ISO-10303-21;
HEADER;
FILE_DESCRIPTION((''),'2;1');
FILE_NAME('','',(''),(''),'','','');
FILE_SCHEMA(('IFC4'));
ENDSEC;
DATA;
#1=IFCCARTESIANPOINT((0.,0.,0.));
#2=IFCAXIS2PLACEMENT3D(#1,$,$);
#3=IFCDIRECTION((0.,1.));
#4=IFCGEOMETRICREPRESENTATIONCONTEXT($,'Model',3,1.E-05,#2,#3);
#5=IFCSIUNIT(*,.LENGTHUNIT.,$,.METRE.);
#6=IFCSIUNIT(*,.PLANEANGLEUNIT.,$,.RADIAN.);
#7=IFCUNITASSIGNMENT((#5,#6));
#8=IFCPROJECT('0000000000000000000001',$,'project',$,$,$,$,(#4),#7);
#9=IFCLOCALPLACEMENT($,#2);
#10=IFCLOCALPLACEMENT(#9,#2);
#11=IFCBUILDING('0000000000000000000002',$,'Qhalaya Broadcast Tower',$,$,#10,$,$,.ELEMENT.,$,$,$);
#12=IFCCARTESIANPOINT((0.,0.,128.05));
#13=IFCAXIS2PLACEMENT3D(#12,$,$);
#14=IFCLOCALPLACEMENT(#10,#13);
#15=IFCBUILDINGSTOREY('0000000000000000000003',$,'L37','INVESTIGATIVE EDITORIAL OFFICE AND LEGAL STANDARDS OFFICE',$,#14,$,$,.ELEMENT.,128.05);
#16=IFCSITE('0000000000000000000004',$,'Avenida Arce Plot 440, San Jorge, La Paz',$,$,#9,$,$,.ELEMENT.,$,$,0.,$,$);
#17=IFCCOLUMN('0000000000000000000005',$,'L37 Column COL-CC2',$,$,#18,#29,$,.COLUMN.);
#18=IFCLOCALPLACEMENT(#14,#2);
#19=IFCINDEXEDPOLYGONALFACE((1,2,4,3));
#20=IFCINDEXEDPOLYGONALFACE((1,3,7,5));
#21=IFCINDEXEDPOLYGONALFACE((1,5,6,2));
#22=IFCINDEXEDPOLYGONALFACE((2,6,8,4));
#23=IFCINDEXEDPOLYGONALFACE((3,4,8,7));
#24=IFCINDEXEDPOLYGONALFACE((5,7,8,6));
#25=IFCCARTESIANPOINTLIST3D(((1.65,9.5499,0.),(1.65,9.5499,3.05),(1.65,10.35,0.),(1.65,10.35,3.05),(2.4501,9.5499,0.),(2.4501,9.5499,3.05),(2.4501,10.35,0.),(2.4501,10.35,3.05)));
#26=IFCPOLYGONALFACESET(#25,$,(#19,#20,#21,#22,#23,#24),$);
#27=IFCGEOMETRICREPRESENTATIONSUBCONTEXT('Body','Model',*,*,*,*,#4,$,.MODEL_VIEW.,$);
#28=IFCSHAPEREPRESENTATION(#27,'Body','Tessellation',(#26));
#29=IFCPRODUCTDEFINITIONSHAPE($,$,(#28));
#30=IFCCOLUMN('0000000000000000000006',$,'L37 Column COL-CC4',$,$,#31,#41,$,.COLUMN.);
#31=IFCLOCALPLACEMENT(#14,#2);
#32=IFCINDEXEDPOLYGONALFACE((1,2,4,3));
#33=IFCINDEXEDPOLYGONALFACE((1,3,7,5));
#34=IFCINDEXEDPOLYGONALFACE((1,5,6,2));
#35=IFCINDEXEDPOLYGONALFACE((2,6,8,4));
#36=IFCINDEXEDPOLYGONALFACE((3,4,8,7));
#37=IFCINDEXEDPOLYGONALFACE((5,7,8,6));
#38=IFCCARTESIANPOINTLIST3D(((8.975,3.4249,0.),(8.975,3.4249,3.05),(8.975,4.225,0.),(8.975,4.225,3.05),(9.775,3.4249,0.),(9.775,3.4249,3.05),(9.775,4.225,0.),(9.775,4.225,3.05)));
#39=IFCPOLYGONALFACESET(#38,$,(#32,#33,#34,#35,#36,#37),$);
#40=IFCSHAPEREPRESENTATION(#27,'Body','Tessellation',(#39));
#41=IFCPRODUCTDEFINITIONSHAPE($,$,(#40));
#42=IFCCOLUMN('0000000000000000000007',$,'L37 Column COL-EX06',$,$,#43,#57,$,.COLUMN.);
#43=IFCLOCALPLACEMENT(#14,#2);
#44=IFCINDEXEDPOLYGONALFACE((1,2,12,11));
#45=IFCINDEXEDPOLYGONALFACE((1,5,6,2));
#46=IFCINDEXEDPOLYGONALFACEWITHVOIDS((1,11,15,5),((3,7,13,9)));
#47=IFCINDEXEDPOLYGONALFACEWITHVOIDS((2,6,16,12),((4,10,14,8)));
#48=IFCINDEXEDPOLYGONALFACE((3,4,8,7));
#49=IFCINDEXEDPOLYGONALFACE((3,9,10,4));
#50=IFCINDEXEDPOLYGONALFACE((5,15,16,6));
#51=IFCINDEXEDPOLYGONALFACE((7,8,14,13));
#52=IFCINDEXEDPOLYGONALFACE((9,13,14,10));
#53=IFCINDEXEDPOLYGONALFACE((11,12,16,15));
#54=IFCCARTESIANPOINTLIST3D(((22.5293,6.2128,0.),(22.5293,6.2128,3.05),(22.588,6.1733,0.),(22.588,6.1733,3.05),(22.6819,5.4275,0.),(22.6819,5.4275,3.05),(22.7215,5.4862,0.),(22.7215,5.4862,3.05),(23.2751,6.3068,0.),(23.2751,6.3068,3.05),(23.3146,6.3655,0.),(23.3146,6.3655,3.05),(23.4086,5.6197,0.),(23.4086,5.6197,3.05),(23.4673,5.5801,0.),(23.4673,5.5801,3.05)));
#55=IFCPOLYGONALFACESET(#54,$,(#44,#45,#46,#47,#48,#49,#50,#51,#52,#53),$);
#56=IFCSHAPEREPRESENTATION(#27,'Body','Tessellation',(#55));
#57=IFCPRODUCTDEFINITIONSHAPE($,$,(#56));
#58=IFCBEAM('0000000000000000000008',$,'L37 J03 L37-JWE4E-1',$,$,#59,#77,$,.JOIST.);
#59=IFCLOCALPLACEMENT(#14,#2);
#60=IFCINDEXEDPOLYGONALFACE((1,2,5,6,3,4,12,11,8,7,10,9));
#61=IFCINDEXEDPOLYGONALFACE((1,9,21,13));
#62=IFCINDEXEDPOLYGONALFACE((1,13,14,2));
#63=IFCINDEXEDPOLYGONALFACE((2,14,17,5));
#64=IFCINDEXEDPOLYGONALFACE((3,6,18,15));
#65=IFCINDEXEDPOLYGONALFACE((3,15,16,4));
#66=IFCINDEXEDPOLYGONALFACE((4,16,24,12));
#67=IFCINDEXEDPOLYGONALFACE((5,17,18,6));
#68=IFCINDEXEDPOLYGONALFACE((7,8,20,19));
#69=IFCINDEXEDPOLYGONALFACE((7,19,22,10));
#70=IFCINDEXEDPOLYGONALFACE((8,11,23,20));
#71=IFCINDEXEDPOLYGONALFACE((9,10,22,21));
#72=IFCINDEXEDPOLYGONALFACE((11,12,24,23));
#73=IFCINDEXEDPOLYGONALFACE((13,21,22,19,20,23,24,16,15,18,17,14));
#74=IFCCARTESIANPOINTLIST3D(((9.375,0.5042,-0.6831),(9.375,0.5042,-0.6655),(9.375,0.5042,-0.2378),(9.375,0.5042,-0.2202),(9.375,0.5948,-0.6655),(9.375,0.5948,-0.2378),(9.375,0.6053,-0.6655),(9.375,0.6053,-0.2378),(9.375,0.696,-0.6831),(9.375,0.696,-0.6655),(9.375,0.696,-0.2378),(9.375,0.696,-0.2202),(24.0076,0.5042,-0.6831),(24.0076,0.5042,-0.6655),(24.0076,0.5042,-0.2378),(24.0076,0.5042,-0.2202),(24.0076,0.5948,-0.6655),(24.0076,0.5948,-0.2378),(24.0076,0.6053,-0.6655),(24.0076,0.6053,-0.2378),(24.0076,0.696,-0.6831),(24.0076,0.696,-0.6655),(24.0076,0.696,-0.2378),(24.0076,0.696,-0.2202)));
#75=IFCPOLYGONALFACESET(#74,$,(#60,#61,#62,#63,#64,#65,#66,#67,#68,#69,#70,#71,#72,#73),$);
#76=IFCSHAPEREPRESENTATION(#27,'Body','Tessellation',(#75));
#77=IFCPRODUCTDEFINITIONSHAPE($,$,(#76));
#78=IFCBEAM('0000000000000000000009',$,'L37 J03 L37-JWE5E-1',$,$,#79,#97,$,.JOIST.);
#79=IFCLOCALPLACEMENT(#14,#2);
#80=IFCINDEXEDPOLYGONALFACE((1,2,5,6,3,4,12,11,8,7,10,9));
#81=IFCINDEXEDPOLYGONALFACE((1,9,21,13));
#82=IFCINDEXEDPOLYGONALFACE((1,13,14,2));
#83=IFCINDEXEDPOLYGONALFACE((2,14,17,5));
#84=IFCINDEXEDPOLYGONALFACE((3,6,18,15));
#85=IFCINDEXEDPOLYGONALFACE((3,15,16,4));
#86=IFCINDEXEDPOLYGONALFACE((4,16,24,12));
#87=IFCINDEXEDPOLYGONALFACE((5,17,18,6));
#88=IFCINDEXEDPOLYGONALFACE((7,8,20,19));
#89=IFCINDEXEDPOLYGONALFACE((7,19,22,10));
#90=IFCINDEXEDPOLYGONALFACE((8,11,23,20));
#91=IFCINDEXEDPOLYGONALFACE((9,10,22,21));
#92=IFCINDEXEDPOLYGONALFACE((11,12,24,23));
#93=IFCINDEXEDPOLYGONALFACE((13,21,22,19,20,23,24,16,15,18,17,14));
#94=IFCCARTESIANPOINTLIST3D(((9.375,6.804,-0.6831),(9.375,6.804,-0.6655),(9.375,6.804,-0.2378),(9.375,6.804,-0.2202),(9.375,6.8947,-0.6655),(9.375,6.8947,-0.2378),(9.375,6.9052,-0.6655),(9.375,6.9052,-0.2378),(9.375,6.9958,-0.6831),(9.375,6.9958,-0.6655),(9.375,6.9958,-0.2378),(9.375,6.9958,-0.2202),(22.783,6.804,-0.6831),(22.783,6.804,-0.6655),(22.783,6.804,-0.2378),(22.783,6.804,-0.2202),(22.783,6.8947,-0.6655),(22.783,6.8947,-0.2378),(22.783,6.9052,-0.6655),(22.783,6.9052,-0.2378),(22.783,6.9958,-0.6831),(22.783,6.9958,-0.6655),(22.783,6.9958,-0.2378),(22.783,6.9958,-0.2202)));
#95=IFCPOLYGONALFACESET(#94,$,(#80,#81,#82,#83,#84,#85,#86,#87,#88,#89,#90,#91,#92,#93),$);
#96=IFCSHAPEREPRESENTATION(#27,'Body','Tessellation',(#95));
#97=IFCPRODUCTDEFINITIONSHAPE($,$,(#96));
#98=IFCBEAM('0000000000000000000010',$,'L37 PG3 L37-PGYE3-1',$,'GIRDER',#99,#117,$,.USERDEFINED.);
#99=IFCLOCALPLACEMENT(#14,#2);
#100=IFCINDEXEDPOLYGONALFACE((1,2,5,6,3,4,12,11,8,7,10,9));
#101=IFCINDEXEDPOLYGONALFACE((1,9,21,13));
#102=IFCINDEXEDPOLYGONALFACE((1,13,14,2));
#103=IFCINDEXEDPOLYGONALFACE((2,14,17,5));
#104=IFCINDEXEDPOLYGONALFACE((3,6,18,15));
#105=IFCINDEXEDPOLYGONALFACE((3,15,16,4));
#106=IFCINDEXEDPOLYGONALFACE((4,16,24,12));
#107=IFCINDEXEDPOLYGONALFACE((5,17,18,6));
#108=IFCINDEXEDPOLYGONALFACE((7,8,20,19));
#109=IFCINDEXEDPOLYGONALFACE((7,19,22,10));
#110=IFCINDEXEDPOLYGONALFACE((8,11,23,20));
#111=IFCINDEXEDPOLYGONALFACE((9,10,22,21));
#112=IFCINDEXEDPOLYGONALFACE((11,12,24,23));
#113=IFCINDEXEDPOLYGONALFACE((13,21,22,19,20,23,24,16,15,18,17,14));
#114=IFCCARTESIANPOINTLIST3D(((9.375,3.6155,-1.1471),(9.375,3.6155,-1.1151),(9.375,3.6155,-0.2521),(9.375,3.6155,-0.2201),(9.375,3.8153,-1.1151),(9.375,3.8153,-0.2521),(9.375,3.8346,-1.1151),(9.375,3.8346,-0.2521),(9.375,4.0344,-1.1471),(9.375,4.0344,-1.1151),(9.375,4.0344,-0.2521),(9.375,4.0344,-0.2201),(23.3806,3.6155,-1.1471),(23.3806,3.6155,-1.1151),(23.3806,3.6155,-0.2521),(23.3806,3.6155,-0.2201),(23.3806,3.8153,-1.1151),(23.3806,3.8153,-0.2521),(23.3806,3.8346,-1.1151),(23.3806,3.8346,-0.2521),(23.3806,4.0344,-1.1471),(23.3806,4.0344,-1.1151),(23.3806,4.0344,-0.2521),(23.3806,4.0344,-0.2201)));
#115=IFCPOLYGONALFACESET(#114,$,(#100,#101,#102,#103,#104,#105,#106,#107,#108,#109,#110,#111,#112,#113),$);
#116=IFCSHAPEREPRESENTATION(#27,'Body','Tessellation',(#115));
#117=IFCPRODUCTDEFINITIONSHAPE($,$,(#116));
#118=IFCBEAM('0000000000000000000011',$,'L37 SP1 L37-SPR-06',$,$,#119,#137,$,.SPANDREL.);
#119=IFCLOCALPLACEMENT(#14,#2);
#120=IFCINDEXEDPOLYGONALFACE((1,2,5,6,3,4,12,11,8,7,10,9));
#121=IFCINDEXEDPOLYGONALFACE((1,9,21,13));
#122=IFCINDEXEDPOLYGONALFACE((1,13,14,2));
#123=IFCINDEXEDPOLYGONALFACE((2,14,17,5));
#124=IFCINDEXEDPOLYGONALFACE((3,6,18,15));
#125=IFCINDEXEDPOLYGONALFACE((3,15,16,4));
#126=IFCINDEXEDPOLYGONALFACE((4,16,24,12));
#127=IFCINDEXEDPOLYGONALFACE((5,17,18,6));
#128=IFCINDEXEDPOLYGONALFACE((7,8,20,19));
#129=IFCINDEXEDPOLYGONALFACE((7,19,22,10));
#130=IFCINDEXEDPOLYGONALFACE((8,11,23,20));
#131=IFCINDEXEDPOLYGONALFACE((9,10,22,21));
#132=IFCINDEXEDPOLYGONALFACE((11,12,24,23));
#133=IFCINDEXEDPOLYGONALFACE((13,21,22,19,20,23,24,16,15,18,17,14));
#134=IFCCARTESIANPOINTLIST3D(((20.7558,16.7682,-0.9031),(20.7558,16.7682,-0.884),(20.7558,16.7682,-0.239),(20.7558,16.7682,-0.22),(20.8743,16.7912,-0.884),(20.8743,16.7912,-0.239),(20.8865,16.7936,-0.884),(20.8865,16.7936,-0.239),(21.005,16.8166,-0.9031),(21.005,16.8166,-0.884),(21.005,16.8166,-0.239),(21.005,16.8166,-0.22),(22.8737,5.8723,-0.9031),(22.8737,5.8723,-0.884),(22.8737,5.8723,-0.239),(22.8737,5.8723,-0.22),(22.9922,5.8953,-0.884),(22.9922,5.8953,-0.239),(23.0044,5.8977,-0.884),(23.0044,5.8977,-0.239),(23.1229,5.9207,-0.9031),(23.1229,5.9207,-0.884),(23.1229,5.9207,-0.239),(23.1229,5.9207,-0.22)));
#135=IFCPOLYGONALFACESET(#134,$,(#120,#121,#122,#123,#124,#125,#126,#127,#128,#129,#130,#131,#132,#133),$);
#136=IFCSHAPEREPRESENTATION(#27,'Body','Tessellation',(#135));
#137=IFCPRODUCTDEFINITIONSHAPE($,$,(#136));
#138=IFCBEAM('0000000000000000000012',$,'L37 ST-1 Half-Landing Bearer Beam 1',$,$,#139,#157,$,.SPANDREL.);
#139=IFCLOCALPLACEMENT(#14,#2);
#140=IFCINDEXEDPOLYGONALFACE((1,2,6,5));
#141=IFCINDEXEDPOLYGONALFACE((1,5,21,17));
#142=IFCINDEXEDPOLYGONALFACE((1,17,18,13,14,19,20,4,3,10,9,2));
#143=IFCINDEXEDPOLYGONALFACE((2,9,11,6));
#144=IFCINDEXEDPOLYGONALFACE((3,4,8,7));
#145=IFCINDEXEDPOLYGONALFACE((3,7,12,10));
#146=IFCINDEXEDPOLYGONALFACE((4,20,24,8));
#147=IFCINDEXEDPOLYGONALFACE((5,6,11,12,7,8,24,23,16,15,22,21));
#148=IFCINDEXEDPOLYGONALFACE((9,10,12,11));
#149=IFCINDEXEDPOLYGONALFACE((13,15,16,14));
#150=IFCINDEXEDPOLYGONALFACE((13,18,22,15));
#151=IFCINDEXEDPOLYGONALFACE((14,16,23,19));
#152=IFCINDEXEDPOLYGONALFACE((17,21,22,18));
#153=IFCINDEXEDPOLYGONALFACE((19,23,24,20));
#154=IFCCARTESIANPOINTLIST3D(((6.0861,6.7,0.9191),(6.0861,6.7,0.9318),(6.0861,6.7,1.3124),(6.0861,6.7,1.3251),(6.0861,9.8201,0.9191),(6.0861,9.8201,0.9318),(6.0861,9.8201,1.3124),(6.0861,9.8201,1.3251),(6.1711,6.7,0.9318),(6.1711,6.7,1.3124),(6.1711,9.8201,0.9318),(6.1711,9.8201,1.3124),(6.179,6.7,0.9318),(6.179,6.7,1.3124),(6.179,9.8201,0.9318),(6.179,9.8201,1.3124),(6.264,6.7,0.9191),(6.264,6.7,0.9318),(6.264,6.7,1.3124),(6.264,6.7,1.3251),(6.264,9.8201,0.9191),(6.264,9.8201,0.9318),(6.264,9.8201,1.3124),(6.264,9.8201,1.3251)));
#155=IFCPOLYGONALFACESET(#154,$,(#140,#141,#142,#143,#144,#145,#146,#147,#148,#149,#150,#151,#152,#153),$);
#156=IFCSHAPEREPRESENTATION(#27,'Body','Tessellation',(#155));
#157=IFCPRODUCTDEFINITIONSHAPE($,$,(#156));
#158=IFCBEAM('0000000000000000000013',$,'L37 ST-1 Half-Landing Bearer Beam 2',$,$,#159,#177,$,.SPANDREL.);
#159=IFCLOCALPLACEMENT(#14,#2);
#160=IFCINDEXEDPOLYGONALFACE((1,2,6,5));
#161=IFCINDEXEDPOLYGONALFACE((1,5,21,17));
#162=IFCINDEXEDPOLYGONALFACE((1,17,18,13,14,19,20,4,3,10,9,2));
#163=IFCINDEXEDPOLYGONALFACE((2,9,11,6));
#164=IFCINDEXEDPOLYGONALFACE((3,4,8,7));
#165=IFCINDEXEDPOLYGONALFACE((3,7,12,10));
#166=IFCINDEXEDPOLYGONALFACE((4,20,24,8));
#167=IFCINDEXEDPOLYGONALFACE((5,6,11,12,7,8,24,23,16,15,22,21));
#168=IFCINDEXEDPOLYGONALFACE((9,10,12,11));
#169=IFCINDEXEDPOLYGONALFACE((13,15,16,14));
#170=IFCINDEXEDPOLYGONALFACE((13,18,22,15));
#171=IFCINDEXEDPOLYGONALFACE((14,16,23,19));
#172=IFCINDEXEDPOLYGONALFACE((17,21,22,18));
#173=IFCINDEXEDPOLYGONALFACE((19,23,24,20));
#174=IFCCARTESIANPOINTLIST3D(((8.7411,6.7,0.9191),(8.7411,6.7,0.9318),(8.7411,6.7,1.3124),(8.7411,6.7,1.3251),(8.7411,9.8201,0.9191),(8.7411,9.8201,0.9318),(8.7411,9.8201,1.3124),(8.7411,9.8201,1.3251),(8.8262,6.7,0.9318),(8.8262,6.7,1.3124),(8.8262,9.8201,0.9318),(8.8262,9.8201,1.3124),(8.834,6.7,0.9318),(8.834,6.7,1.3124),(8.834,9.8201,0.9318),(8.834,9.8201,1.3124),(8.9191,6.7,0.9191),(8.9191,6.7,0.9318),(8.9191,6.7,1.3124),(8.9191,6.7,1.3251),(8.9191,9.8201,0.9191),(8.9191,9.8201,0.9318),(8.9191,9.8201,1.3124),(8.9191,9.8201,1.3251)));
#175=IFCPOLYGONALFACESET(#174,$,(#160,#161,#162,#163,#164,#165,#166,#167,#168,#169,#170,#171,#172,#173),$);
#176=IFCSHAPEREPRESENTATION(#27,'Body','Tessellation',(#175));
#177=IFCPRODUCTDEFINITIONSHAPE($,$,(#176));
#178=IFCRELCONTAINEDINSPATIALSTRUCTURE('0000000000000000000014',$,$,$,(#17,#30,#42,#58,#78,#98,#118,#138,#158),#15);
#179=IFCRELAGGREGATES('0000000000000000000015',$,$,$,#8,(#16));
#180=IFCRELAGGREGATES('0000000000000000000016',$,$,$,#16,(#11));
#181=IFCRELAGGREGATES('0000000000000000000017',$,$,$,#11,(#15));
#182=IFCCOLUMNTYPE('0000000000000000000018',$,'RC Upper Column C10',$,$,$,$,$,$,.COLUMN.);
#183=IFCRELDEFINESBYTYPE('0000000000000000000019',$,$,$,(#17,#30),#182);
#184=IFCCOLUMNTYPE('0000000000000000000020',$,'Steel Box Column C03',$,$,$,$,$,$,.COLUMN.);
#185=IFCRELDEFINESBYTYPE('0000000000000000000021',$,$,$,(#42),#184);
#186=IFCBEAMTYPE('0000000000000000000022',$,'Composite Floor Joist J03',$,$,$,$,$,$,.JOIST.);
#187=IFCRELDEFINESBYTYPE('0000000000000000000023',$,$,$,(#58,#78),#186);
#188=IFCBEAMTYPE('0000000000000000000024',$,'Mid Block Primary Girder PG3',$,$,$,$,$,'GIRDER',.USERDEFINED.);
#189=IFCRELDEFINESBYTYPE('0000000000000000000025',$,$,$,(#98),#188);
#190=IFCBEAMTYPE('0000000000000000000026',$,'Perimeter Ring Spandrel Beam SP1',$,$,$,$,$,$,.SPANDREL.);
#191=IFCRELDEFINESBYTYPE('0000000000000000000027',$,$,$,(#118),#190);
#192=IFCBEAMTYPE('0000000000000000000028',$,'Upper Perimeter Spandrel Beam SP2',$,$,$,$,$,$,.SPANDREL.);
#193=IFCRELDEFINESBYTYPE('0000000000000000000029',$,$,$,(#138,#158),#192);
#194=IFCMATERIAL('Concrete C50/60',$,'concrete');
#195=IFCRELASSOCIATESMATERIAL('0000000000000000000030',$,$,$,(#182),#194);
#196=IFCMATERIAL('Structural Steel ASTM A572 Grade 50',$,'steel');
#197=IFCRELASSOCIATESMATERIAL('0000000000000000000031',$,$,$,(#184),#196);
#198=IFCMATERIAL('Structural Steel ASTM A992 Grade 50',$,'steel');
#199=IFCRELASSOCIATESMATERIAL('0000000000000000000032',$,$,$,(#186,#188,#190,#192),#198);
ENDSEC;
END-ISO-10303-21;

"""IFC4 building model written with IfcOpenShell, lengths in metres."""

from ifc_helpers import new_model, si_unit, direction, frame, origin, origin_2d, place, context, subcontext, project, spatial, rectangle, hollow_rectangle, i_section, extrude, material, material_profile, profile_set, type_object, element, save


model = new_model("IFC4")

# Units and contexts
model_context = context("Model", 3, precision=1e-05, world=origin(), true_north=direction((0.0, 1.0)))
body_context = subcontext(model_context, "Body", "Model", "MODEL_VIEW")
ifc_project = project(units=[si_unit("LENGTHUNIT", "METRE"), si_unit("PLANEANGLEUNIT", "RADIAN")], contexts=[model_context])

# Site, building, storey
site_placement = place(None, origin())
site = spatial("IfcSite", under=ifc_project, at=site_placement, Name="Avenida Arce Plot 440, San Jorge, La Paz", CompositionType="ELEMENT", RefElevation=0.0)
building_placement = place(site_placement, origin())
building = spatial("IfcBuilding", under=site, at=building_placement, Name="Qhalaya Broadcast Tower", CompositionType="ELEMENT")
storey_placement = place(building_placement, frame((0.0, 0.0, 128.05)))
storey = spatial("IfcBuildingStorey", under=building, at=storey_placement, Name="L37", Description="INVESTIGATIVE EDITORIAL OFFICE AND LEGAL STANDARDS OFFICE", CompositionType="ELEMENT", Elevation=128.05)

# Columns
ifc_material_1 = material(Name="Concrete C50/60", Category="concrete")
ifc_material_profile_1 = material_profile(ifc_material_1, rectangle(XDim=0.8, YDim=0.8, at=origin_2d()), Name="RC-COL 800x800")
ifc_profile_set_1 = profile_set([ifc_material_profile_1], Name="Concrete C50/60")
column_type_1 = type_object("IfcColumnType", Name="RC Upper Column C10", PredefinedType="COLUMN", material=ifc_profile_set_1)
for number, where, z_axis, x_axis, name in (
    (1, (2.05, 9.95, 0.0), (0.0, 0.0, 1.0), (1.0, 0.0, 0.0), "L37 Column COL-CC2"),
    (2, (9.375, 3.825, 0.0), (0.0, 0.0, 1.0), (1.0, 0.0, 0.0), "L37 Column COL-CC4"),
):
    element("IfcColumn", number, at=place(storey_placement, frame(where, z_axis=z_axis, x_axis=x_axis)), inside=storey, type_object=column_type_1, Name=name, PredefinedType="COLUMN", context=body_context, shape_type="SweptSolid", body=[
        extrude(rectangle(XDim=0.8, YDim=0.8, at=origin_2d()), origin(), (0.0, 0.0, 1.0), 3.05),
    ])
ifc_material_2 = material(Name="Structural Steel ASTM A572 Grade 50", Category="steel")
ifc_material_profile_2 = material_profile(ifc_material_2, hollow_rectangle(XDim=0.8, YDim=0.8, WallThickness=0.05, at=origin_2d()), Name="BOX 800x800x50")
ifc_profile_set_2 = profile_set([ifc_material_profile_2], Name="Structural Steel ASTM A572 Grade 50")
column_type_2 = type_object("IfcColumnType", Name="Steel Box Column C03", PredefinedType="COLUMN", material=ifc_profile_set_2)
column_placement = place(storey_placement, frame((22.9983, 5.8965, 0.0), z_axis=(0.0, 0.0, 1.0), x_axis=(-0.190809, 0.981627, 0.0)))
element("IfcColumn", 3, at=column_placement, inside=storey, type_object=column_type_2, Name="L37 Column COL-EX06", PredefinedType="COLUMN", context=body_context, shape_type="SweptSolid", body=[
    extrude(hollow_rectangle(XDim=0.8, YDim=0.8, WallThickness=0.05, at=origin_2d()), origin(), (0.0, 0.0, 1.0), 3.05),
])

# Beams
ifc_material_3 = material(Name="Structural Steel ASTM A992 Grade 50", Category="steel")
ifc_material_profile_3 = material_profile(ifc_material_3, i_section(OverallWidth=0.1919, OverallDepth=0.4629, WebThickness=0.0105, FlangeThickness=0.0176, at=origin_2d()), Name="W18X60")
ifc_profile_set_3 = profile_set([ifc_material_profile_3], Name="Structural Steel ASTM A992 Grade 50")
beam_type_1 = type_object("IfcBeamType", Name="Composite Floor Joist J03", PredefinedType="JOIST", material=ifc_profile_set_3)
beam_1_placement = place(storey_placement, frame((9.375, 0.6001, -0.4517), z_axis=(1.0, 0.0, 0.0), x_axis=(0.0, 1.0, 0.0)))
element("IfcBeam", 4, at=beam_1_placement, inside=storey, type_object=beam_type_1, Name="L37 J03 L37-JWE4E-1", PredefinedType="JOIST", context=body_context, shape_type="SweptSolid", body=[
    extrude(i_section(OverallWidth=0.1919, OverallDepth=0.4629, WebThickness=0.0105, FlangeThickness=0.0176, at=origin_2d()), origin(), (0.0, 0.0, 1.0), 14.6326),
])
beam_2_placement = place(storey_placement, frame((9.375, 6.8999, -0.4517), z_axis=(1.0, 0.0, 0.0), x_axis=(0.0, 1.0, 0.0)))
element("IfcBeam", 5, at=beam_2_placement, inside=storey, type_object=beam_type_1, Name="L37 J03 L37-JWE5E-1", PredefinedType="JOIST", context=body_context, shape_type="SweptSolid", body=[
    extrude(i_section(OverallWidth=0.1919, OverallDepth=0.4629, WebThickness=0.0105, FlangeThickness=0.0176, at=origin_2d()), origin(), (0.0, 0.0, 1.0), 13.408),
])
ifc_material_profile_4 = material_profile(ifc_material_3, i_section(OverallWidth=0.4189, OverallDepth=0.927, WebThickness=0.0193, FlangeThickness=0.032, at=origin_2d()), Name="W36X231")
ifc_profile_set_4 = profile_set([ifc_material_profile_4], Name="Structural Steel ASTM A992 Grade 50")
beam_type_2 = type_object("IfcBeamType", Name="Mid Block Primary Girder PG3", ElementType="GIRDER", PredefinedType="USERDEFINED", material=ifc_profile_set_4)
beam_3_placement = place(storey_placement, frame((9.375, 3.825, -0.6836), z_axis=(1.0, 0.0, 0.0), x_axis=(0.0, 1.0, 0.0)))
element("IfcBeam", 6, at=beam_3_placement, inside=storey, type_object=beam_type_2, Name="L37 PG3 L37-PGYE3-1", ObjectType="GIRDER", PredefinedType="USERDEFINED", context=body_context, shape_type="SweptSolid", body=[
    extrude(i_section(OverallWidth=0.4189, OverallDepth=0.927, WebThickness=0.0193, FlangeThickness=0.032, at=origin_2d()), origin(), (0.0, 0.0, 1.0), 14.0056),
])
ifc_material_profile_5 = material_profile(ifc_material_3, i_section(OverallWidth=0.2539, OverallDepth=0.6831, WebThickness=0.0125, FlangeThickness=0.019, at=origin_2d()), Name="W27X94")
ifc_profile_set_5 = profile_set([ifc_material_profile_5], Name="Structural Steel ASTM A992 Grade 50")
beam_type_3 = type_object("IfcBeamType", Name="Perimeter Ring Spandrel Beam SP1", PredefinedType="SPANDREL", material=ifc_profile_set_5)
beam_4_placement = place(storey_placement, frame((22.9983, 5.8965, -0.5615), z_axis=(-0.190805, 0.981628, 0.0), x_axis=(-0.981628, -0.190805, 0.0)))
element("IfcBeam", 7, at=beam_4_placement, inside=storey, type_object=beam_type_3, Name="L37 SP1 L37-SPR-06", PredefinedType="SPANDREL", context=body_context, shape_type="SweptSolid", body=[
    extrude(i_section(OverallWidth=0.2539, OverallDepth=0.6831, WebThickness=0.0125, FlangeThickness=0.019, at=origin_2d()), origin(), (0.0, 0.0, 1.0), 11.0999),
])
ifc_material_profile_6 = material_profile(ifc_material_3, i_section(OverallWidth=0.178, OverallDepth=0.406, WebThickness=0.0078, FlangeThickness=0.0127, at=origin_2d()), Name="W16X40")
ifc_profile_set_6 = profile_set([ifc_material_profile_6], Name="Structural Steel ASTM A992 Grade 50")
beam_type_4 = type_object("IfcBeamType", Name="Upper Perimeter Spandrel Beam SP2", PredefinedType="SPANDREL", material=ifc_profile_set_6)
for number, where, z_axis, x_axis, name in (
    (8, (6.175, 6.7, 1.1221), (0.0, 1.0, 0.0), (-1.0, 0.0, 0.0), "L37 ST-1 Half-Landing Bearer Beam 1"),
    (9, (8.8301, 6.7, 1.1221), (0.0, 1.0, 0.0), (-1.0, 0.0, 0.0), "L37 ST-1 Half-Landing Bearer Beam 2"),
):
    element("IfcBeam", number, at=place(storey_placement, frame(where, z_axis=z_axis, x_axis=x_axis)), inside=storey, type_object=beam_type_4, Name=name, PredefinedType="SPANDREL", context=body_context, shape_type="SweptSolid", body=[
        extrude(i_section(OverallWidth=0.178, OverallDepth=0.406, WebThickness=0.0078, FlangeThickness=0.0127, at=origin_2d()), origin(), (0.0, 0.0, 1.0), 3.1201),
    ])

save(model, "model.ifc")
